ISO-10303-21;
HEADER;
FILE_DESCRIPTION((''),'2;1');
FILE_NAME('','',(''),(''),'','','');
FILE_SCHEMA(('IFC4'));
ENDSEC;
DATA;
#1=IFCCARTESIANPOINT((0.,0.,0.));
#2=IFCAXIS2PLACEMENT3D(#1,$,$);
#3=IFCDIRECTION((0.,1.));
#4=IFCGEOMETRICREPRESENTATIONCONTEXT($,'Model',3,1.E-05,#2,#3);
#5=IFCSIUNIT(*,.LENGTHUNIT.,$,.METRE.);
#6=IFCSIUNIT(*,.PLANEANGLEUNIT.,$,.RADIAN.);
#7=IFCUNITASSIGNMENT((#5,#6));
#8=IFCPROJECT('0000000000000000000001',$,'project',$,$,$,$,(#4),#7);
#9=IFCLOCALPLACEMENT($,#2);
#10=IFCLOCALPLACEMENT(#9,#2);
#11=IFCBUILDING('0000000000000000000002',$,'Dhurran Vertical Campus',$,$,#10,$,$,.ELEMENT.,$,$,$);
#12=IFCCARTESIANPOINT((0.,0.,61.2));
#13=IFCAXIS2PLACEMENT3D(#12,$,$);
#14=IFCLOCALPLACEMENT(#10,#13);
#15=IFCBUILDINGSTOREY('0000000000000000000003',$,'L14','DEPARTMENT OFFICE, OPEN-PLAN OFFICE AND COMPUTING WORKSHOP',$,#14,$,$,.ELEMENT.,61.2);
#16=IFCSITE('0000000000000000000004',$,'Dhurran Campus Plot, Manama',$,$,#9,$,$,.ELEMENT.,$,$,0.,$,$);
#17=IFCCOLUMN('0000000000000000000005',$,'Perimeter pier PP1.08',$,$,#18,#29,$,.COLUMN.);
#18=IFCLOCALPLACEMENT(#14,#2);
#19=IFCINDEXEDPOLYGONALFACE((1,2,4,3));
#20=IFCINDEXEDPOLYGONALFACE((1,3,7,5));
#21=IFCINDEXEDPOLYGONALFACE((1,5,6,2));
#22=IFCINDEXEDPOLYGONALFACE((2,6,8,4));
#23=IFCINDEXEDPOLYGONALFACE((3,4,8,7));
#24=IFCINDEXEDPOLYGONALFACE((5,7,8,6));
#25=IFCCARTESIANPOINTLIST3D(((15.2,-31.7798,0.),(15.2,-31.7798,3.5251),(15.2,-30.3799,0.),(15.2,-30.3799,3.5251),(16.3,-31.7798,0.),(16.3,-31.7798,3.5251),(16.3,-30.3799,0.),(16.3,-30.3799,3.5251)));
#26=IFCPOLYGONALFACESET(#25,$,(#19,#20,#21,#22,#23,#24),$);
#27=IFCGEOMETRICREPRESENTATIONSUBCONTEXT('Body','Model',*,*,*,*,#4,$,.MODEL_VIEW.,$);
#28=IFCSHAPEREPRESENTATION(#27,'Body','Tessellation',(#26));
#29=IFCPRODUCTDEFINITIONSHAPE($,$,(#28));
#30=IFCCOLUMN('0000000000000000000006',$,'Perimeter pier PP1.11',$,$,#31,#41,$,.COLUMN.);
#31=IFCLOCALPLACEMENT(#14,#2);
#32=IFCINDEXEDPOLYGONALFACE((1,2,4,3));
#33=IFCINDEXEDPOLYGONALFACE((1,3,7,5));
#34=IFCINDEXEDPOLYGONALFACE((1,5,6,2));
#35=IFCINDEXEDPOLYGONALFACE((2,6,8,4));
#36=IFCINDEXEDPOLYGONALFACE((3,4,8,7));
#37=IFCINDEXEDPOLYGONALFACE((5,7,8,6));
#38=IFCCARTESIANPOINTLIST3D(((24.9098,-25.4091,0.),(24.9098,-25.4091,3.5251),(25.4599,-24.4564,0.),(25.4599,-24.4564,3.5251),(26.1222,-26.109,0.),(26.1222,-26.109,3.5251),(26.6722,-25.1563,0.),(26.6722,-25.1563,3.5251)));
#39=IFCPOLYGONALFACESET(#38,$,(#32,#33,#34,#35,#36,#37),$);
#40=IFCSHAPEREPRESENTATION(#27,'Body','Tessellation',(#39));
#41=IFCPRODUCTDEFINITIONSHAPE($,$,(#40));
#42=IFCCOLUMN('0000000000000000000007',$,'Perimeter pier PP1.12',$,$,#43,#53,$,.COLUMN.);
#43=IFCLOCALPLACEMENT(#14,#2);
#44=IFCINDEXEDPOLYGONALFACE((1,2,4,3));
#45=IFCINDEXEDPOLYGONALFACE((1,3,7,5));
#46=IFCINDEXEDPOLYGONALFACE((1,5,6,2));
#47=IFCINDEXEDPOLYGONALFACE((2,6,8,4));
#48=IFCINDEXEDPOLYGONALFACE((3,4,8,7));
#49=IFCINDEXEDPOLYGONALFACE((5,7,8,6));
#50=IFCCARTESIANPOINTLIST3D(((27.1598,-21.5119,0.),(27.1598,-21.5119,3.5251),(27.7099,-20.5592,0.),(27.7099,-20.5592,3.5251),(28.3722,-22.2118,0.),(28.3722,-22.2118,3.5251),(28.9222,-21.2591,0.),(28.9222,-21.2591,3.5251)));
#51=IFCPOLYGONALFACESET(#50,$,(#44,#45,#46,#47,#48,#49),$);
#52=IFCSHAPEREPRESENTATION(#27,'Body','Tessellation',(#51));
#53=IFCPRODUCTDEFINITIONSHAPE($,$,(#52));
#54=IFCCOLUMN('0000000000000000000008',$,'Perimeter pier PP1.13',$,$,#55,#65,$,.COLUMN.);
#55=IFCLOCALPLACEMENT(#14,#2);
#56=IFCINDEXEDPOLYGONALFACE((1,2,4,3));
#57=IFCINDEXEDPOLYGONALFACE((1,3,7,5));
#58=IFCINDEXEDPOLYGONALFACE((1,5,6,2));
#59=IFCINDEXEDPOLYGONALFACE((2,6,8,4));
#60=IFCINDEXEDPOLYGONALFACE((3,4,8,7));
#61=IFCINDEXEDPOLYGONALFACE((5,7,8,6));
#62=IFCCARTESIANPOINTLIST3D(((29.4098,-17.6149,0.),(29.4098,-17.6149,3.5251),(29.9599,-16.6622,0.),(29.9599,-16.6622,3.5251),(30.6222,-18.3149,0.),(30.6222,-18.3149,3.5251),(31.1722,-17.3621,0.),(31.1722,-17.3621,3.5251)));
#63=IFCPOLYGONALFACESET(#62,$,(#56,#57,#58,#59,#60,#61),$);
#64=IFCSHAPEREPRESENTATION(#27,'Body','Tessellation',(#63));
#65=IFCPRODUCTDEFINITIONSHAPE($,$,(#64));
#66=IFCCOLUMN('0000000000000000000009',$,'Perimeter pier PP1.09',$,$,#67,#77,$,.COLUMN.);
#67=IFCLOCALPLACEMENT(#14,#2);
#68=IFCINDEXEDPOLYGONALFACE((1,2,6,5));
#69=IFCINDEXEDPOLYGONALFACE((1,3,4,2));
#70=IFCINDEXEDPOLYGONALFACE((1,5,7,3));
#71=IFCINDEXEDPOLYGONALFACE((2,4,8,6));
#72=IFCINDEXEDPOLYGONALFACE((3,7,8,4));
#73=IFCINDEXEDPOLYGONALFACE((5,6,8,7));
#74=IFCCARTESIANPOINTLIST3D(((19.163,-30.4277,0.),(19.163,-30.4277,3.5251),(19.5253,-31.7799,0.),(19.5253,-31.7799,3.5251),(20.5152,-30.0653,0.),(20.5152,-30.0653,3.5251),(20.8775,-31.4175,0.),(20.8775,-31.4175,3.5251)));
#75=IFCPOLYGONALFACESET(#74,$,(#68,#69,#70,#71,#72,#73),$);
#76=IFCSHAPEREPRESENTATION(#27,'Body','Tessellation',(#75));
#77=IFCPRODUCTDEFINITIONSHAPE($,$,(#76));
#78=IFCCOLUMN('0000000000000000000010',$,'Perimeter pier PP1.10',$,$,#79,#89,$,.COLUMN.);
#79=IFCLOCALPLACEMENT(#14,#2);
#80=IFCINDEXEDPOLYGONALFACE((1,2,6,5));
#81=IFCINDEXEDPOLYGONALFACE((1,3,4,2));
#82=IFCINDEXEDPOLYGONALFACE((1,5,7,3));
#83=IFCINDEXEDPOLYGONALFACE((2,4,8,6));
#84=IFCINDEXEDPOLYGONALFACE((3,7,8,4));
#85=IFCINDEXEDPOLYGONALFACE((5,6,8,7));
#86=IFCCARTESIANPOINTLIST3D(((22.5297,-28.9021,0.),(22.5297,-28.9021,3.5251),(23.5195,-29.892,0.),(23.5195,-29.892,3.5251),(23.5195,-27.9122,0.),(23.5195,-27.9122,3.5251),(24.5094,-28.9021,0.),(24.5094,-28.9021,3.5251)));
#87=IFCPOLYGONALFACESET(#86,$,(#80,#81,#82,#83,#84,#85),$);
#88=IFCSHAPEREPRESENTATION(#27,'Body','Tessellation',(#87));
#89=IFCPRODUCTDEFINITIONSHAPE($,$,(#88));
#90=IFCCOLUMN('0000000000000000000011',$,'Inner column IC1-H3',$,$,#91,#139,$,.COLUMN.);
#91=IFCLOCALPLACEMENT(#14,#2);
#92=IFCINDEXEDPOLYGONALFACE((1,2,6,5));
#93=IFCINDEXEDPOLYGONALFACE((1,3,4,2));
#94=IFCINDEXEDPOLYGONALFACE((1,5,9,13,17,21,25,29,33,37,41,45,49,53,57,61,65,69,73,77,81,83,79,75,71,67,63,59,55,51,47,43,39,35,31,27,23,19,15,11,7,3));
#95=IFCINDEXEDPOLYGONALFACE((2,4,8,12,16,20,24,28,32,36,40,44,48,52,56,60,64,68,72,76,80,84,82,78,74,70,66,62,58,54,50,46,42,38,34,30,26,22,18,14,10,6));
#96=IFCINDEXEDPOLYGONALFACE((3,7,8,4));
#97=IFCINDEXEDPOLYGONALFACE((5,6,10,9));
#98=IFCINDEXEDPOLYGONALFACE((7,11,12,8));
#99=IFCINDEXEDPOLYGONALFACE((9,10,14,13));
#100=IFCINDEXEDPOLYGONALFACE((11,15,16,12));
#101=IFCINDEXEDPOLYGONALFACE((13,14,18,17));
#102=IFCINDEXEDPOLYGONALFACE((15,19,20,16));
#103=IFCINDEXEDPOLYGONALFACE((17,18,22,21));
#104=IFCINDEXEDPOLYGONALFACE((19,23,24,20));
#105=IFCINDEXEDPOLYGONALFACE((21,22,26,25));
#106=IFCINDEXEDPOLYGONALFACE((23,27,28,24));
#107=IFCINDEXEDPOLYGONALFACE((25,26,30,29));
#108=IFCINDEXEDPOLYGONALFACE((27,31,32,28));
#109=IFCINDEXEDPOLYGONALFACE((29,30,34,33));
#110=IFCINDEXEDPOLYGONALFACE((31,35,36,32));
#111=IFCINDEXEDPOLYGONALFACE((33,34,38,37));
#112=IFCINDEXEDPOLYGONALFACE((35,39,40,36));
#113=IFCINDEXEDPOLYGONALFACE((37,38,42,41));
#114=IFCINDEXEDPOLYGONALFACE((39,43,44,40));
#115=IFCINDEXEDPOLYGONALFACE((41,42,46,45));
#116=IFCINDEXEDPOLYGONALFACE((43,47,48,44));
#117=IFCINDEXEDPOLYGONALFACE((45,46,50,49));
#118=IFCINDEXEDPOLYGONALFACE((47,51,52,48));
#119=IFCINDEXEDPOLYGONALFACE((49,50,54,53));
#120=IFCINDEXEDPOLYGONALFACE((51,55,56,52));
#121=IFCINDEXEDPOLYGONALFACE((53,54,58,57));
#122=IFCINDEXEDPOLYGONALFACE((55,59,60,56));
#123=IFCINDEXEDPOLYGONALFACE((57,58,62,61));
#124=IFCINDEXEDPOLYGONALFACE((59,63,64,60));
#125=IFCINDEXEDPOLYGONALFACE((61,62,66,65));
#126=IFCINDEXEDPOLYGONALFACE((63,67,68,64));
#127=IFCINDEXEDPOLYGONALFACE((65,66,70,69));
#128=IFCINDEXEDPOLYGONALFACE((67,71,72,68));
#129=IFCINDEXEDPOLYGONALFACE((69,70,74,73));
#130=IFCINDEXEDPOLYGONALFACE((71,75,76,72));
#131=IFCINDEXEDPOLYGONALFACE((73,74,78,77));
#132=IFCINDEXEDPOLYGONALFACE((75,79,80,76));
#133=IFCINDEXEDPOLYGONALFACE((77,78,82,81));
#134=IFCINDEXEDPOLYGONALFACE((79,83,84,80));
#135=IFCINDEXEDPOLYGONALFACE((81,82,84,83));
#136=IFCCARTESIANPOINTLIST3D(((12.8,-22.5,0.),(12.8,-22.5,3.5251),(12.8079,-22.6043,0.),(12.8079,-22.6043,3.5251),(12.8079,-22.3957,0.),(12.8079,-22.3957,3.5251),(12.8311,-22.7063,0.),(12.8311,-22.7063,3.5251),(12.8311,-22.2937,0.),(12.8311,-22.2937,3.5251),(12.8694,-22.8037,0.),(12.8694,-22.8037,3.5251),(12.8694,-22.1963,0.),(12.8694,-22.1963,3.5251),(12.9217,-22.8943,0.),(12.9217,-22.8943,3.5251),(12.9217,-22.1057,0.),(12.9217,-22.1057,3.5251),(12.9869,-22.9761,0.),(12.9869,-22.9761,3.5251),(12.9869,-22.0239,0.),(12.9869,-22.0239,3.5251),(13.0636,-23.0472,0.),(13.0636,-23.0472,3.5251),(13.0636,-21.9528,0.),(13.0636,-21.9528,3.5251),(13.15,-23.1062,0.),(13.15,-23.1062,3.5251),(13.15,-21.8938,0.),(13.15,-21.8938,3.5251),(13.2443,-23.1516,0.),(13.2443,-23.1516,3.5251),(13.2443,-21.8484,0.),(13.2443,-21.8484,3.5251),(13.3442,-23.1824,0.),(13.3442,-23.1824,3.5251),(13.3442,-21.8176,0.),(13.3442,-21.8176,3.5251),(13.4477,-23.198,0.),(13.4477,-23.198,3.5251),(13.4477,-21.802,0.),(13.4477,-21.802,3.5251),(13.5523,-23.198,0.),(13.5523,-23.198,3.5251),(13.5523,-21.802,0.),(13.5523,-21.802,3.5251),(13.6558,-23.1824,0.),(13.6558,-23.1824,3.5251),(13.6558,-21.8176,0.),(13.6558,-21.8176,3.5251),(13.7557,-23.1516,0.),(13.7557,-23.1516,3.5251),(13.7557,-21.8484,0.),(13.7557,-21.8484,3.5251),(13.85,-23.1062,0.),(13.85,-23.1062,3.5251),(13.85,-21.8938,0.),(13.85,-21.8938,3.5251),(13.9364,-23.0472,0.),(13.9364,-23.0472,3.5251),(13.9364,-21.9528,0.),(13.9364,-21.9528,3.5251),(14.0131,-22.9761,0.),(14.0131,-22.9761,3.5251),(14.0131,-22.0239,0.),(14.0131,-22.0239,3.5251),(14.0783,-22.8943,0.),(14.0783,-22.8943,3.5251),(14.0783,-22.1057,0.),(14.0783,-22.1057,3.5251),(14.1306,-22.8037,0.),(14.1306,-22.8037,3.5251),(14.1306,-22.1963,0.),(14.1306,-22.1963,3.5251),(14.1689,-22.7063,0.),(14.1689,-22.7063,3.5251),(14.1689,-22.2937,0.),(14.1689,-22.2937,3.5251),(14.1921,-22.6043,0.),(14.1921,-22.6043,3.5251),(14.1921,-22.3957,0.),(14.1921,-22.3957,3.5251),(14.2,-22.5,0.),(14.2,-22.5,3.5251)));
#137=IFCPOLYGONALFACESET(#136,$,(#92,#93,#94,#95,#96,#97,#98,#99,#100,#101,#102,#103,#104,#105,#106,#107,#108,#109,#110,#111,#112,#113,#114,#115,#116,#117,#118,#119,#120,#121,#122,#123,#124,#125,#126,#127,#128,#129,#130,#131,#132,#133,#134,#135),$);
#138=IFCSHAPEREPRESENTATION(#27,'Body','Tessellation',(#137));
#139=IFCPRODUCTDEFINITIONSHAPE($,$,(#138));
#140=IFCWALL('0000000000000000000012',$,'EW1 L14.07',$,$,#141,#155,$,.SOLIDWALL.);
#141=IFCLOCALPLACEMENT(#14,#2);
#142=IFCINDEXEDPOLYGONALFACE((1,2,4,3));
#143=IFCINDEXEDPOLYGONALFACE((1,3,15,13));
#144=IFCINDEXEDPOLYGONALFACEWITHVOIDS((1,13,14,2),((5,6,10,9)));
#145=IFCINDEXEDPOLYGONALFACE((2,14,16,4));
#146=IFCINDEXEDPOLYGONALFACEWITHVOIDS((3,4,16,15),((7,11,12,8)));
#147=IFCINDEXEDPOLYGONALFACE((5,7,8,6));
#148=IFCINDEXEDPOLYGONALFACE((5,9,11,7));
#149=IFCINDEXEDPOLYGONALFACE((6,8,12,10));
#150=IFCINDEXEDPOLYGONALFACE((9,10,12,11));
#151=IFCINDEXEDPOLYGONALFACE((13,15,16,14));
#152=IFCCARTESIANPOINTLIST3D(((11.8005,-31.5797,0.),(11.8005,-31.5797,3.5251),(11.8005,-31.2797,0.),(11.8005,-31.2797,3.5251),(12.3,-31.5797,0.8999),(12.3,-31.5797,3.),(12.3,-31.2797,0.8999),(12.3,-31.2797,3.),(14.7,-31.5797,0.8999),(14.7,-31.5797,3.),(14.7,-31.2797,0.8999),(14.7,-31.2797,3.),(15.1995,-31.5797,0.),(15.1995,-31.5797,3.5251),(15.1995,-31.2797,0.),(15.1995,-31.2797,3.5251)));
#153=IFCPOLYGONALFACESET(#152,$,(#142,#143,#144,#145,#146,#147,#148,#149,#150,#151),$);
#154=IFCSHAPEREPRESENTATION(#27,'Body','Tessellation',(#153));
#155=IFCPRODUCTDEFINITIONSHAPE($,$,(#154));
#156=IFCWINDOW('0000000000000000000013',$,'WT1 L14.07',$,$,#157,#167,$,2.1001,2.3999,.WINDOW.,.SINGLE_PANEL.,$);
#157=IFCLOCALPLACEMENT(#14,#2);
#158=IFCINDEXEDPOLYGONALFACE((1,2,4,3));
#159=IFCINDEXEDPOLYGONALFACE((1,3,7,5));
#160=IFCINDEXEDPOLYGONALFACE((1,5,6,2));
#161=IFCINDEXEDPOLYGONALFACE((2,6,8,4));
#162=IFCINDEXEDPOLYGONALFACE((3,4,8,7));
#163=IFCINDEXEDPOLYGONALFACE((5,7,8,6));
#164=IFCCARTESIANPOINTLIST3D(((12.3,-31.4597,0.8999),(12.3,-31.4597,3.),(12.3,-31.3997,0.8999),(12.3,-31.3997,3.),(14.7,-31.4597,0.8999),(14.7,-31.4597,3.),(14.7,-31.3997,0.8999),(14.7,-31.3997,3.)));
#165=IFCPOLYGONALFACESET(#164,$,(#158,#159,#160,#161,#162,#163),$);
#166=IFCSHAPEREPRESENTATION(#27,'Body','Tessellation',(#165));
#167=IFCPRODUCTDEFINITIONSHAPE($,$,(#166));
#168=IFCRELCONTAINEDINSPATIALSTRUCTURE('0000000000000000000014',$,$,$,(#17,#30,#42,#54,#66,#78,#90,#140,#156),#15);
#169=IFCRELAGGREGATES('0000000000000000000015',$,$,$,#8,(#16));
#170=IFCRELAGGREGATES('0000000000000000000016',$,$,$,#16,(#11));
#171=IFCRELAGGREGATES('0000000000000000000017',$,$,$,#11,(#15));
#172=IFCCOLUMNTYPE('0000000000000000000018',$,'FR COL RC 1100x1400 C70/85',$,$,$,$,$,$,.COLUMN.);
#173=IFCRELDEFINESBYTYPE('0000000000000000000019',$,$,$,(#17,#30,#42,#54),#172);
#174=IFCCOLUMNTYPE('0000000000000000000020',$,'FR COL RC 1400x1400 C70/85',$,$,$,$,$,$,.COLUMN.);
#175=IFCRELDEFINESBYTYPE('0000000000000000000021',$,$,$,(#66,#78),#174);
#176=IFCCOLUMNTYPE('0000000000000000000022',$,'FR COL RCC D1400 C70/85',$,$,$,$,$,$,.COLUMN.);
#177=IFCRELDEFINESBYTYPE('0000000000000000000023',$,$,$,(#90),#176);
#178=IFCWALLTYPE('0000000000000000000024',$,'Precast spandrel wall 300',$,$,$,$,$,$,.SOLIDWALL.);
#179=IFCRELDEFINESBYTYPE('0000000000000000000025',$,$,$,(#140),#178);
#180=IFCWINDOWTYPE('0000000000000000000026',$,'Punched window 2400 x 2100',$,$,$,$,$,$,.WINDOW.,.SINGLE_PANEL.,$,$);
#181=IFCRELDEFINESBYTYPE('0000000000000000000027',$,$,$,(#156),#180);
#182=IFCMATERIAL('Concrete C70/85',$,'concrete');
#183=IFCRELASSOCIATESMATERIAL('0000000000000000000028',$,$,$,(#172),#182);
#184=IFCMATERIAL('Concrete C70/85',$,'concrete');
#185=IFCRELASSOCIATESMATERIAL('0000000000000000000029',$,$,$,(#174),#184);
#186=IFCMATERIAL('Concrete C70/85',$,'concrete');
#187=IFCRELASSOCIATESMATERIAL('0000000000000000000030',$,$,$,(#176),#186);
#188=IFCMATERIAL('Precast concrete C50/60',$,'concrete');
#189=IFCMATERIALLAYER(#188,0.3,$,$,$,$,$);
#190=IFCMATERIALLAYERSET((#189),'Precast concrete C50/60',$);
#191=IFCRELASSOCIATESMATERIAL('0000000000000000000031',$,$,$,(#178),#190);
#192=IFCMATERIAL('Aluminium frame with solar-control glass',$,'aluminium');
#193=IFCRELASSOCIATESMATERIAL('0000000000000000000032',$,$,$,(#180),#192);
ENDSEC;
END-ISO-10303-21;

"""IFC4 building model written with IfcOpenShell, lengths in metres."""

from ifc_helpers import new_model, si_unit, direction, frame, frame_2d, origin, origin_2d, place, context, subcontext, project, spatial, rectangle, circle, extrude, material, layer, layer_set, material_profile, profile_set, type_object, element, fill, save


model = new_model("IFC4")

# Units and contexts
model_context = context("Model", 3, precision=1e-05, world=origin(), true_north=direction((0.0, 1.0)))
body_context = subcontext(model_context, "Body", "Model", "MODEL_VIEW")
ifc_project = project(units=[si_unit("LENGTHUNIT", "METRE"), si_unit("PLANEANGLEUNIT", "RADIAN")], contexts=[model_context])

# Site, building, storey
site_placement = place(None, origin())
site = spatial("IfcSite", under=ifc_project, at=site_placement, Name="Dhurran Campus Plot, Manama", CompositionType="ELEMENT", RefElevation=0.0)
building_placement = place(site_placement, origin())
building = spatial("IfcBuilding", under=site, at=building_placement, Name="Dhurran Vertical Campus", CompositionType="ELEMENT")
storey_placement = place(building_placement, frame((0.0, 0.0, 61.2)))
storey = spatial("IfcBuildingStorey", under=building, at=storey_placement, Name="L14", Description="DEPARTMENT OFFICE, OPEN-PLAN OFFICE AND COMPUTING WORKSHOP", CompositionType="ELEMENT", Elevation=61.2)

# Columns
ifc_material_1 = material(Name="Concrete C70/85", Category="concrete")
ifc_material_profile_1 = material_profile(ifc_material_1, rectangle(XDim=1.1001, YDim=1.3999, at=origin_2d()), Name="RC 1100x1400")
ifc_profile_set_1 = profile_set([ifc_material_profile_1], Name="Concrete C70/85")
column_type_1 = type_object("IfcColumnType", Name="FR COL RC 1100x1400 C70/85", PredefinedType="COLUMN", material=ifc_profile_set_1)
for number, where, z_axis, x_axis, name in (
    (1, (15.75, -31.0798, 0.0), (0.0, 0.0, 1.0), (1.0, 0.0, 0.0), "Perimeter pier PP1.08"),
    (2, (25.791, -25.2827, 0.0), (0.0, 0.0, 1.0), (0.5, 0.866025, 0.0), "Perimeter pier PP1.11"),
    (3, (28.041, -21.3855, 0.0), (0.0, 0.0, 1.0), (0.5, 0.866025, 0.0), "Perimeter pier PP1.12"),
    (4, (30.291, -17.4885, 0.0), (0.0, 0.0, 1.0), (0.5, 0.866025, 0.0), "Perimeter pier PP1.13"),
):
    element("IfcColumn", number, at=place(storey_placement, frame(where, z_axis=z_axis, x_axis=x_axis)), inside=storey, type_object=column_type_1, Name=name, PredefinedType="COLUMN", context=body_context, shape_type="SweptSolid", body=[
        extrude(rectangle(XDim=1.1001, YDim=1.3999, at=origin_2d()), origin(), (0.0, 0.0, 1.0), 3.5251),
    ])
ifc_material_2 = material(Name="Concrete C70/85", Category="concrete")
ifc_material_profile_2 = material_profile(ifc_material_2, rectangle(XDim=1.3999, YDim=1.3999, at=origin_2d()), Name="RC 1400x1400")
ifc_profile_set_2 = profile_set([ifc_material_profile_2], Name="Concrete C70/85")
column_type_2 = type_object("IfcColumnType", Name="FR COL RC 1400x1400 C70/85", PredefinedType="COLUMN", material=ifc_profile_set_2)
for number, where, z_axis, x_axis, name in (
    (5, (20.0203, -30.9226, 0.0), (0.0, 0.0, 1.0), (0.965926, 0.258819, 0.0), "Perimeter pier PP1.09"),
    (6, (23.5195, -28.9021, 0.0), (0.0, 0.0, 1.0), (0.707107, 0.707107, 0.0), "Perimeter pier PP1.10"),
):
    element("IfcColumn", number, at=place(storey_placement, frame(where, z_axis=z_axis, x_axis=x_axis)), inside=storey, type_object=column_type_2, Name=name, PredefinedType="COLUMN", context=body_context, shape_type="SweptSolid", body=[
        extrude(rectangle(XDim=1.3999, YDim=1.3999, at=origin_2d()), origin(), (0.0, 0.0, 1.0), 3.5251),
    ])
ifc_material_3 = material(Name="Concrete C70/85", Category="concrete")
ifc_material_profile_3 = material_profile(ifc_material_3, circle(Radius=0.7, at=origin_2d()), Name="RCC D1400")
ifc_profile_set_3 = profile_set([ifc_material_profile_3], Name="Concrete C70/85")
column_type_3 = type_object("IfcColumnType", Name="FR COL RCC D1400 C70/85", PredefinedType="COLUMN", material=ifc_profile_set_3)
column_placement = place(storey_placement, frame((13.5, -22.5, 0.0), z_axis=(0.0, 0.0, 1.0), x_axis=(1.0, 0.0, 0.0)))
element("IfcColumn", 7, at=column_placement, inside=storey, type_object=column_type_3, Name="Inner column IC1-H3", PredefinedType="COLUMN", context=body_context, shape_type="SweptSolid", body=[
    extrude(circle(Radius=0.7, at=origin_2d()), origin(), (0.0, 0.0, 1.0), 3.5251),
])

# Wall, opening, window
ifc_material_4 = material(Name="Precast concrete C50/60", Category="concrete")
ifc_layer_1 = layer(ifc_material_4, 0.3)
ifc_layer_set_1 = layer_set([ifc_layer_1], Name="Precast concrete C50/60")
wall_type_1 = type_object("IfcWallType", Name="Precast spandrel wall 300", PredefinedType="SOLIDWALL", material=ifc_layer_set_1)
wall_1_placement = place(storey_placement, frame((11.8005, -31.4297, 0.0), z_axis=(0.0, 0.0, 1.0), x_axis=(1.0, 0.0, 0.0)))
wall_1 = element("IfcWall", 8, at=wall_1_placement, inside=storey, type_object=wall_type_1, Name="EW1 L14.07", PredefinedType="SOLIDWALL", context=body_context, shape_type="SweptSolid", body=[
    extrude(rectangle(XDim=3.3989, YDim=0.3, at=frame_2d((1.6995, 0.0))), origin(), (0.0, 0.0, 1.0), 3.5251),
])
opening_1_placement = place(wall_1_placement, frame((0.4995, 0.0, 0.8999)))
opening_1 = element("IfcOpeningElement", 9, at=opening_1_placement, cuts=wall_1, PredefinedType="OPENING", context=body_context, shape_type="SweptSolid", body=[
    extrude(rectangle(XDim=2.3999, YDim=2.1001, at=frame_2d((1.2, 1.05))), frame((0.0, 0.1599, 0.0), z_axis=(0.0, -1.0, 0.0), x_axis=(1.0, 0.0, 0.0)), (0.0, 0.0, 1.0), 0.3201),
])
ifc_material_5 = material(Name="Aluminium frame with solar-control glass", Category="aluminium")
window_type = type_object("IfcWindowType", Name="Punched window 2400 x 2100", PartitioningType="SINGLE_PANEL", PredefinedType="WINDOW", material=ifc_material_5)
window_1_placement = place(opening_1_placement, origin())
window_1 = element("IfcWindow", 10, at=window_1_placement, inside=storey, type_object=window_type, Name="WT1 L14.07", OverallHeight=2.1001, OverallWidth=2.3999, PartitioningType="SINGLE_PANEL", PredefinedType="WINDOW", context=body_context, shape_type="SweptSolid", body=[
    extrude(rectangle(XDim=2.3999, YDim=2.1001, at=frame_2d((1.2, 1.05))), frame((0.0, 0.03, 0.0), z_axis=(0.0, -1.0, 0.0), x_axis=(1.0, 0.0, 0.0)), (0.0, 0.0, 1.0), 0.0601),
])
fill(opening_1, window_1)

save(model, "model.ifc")
